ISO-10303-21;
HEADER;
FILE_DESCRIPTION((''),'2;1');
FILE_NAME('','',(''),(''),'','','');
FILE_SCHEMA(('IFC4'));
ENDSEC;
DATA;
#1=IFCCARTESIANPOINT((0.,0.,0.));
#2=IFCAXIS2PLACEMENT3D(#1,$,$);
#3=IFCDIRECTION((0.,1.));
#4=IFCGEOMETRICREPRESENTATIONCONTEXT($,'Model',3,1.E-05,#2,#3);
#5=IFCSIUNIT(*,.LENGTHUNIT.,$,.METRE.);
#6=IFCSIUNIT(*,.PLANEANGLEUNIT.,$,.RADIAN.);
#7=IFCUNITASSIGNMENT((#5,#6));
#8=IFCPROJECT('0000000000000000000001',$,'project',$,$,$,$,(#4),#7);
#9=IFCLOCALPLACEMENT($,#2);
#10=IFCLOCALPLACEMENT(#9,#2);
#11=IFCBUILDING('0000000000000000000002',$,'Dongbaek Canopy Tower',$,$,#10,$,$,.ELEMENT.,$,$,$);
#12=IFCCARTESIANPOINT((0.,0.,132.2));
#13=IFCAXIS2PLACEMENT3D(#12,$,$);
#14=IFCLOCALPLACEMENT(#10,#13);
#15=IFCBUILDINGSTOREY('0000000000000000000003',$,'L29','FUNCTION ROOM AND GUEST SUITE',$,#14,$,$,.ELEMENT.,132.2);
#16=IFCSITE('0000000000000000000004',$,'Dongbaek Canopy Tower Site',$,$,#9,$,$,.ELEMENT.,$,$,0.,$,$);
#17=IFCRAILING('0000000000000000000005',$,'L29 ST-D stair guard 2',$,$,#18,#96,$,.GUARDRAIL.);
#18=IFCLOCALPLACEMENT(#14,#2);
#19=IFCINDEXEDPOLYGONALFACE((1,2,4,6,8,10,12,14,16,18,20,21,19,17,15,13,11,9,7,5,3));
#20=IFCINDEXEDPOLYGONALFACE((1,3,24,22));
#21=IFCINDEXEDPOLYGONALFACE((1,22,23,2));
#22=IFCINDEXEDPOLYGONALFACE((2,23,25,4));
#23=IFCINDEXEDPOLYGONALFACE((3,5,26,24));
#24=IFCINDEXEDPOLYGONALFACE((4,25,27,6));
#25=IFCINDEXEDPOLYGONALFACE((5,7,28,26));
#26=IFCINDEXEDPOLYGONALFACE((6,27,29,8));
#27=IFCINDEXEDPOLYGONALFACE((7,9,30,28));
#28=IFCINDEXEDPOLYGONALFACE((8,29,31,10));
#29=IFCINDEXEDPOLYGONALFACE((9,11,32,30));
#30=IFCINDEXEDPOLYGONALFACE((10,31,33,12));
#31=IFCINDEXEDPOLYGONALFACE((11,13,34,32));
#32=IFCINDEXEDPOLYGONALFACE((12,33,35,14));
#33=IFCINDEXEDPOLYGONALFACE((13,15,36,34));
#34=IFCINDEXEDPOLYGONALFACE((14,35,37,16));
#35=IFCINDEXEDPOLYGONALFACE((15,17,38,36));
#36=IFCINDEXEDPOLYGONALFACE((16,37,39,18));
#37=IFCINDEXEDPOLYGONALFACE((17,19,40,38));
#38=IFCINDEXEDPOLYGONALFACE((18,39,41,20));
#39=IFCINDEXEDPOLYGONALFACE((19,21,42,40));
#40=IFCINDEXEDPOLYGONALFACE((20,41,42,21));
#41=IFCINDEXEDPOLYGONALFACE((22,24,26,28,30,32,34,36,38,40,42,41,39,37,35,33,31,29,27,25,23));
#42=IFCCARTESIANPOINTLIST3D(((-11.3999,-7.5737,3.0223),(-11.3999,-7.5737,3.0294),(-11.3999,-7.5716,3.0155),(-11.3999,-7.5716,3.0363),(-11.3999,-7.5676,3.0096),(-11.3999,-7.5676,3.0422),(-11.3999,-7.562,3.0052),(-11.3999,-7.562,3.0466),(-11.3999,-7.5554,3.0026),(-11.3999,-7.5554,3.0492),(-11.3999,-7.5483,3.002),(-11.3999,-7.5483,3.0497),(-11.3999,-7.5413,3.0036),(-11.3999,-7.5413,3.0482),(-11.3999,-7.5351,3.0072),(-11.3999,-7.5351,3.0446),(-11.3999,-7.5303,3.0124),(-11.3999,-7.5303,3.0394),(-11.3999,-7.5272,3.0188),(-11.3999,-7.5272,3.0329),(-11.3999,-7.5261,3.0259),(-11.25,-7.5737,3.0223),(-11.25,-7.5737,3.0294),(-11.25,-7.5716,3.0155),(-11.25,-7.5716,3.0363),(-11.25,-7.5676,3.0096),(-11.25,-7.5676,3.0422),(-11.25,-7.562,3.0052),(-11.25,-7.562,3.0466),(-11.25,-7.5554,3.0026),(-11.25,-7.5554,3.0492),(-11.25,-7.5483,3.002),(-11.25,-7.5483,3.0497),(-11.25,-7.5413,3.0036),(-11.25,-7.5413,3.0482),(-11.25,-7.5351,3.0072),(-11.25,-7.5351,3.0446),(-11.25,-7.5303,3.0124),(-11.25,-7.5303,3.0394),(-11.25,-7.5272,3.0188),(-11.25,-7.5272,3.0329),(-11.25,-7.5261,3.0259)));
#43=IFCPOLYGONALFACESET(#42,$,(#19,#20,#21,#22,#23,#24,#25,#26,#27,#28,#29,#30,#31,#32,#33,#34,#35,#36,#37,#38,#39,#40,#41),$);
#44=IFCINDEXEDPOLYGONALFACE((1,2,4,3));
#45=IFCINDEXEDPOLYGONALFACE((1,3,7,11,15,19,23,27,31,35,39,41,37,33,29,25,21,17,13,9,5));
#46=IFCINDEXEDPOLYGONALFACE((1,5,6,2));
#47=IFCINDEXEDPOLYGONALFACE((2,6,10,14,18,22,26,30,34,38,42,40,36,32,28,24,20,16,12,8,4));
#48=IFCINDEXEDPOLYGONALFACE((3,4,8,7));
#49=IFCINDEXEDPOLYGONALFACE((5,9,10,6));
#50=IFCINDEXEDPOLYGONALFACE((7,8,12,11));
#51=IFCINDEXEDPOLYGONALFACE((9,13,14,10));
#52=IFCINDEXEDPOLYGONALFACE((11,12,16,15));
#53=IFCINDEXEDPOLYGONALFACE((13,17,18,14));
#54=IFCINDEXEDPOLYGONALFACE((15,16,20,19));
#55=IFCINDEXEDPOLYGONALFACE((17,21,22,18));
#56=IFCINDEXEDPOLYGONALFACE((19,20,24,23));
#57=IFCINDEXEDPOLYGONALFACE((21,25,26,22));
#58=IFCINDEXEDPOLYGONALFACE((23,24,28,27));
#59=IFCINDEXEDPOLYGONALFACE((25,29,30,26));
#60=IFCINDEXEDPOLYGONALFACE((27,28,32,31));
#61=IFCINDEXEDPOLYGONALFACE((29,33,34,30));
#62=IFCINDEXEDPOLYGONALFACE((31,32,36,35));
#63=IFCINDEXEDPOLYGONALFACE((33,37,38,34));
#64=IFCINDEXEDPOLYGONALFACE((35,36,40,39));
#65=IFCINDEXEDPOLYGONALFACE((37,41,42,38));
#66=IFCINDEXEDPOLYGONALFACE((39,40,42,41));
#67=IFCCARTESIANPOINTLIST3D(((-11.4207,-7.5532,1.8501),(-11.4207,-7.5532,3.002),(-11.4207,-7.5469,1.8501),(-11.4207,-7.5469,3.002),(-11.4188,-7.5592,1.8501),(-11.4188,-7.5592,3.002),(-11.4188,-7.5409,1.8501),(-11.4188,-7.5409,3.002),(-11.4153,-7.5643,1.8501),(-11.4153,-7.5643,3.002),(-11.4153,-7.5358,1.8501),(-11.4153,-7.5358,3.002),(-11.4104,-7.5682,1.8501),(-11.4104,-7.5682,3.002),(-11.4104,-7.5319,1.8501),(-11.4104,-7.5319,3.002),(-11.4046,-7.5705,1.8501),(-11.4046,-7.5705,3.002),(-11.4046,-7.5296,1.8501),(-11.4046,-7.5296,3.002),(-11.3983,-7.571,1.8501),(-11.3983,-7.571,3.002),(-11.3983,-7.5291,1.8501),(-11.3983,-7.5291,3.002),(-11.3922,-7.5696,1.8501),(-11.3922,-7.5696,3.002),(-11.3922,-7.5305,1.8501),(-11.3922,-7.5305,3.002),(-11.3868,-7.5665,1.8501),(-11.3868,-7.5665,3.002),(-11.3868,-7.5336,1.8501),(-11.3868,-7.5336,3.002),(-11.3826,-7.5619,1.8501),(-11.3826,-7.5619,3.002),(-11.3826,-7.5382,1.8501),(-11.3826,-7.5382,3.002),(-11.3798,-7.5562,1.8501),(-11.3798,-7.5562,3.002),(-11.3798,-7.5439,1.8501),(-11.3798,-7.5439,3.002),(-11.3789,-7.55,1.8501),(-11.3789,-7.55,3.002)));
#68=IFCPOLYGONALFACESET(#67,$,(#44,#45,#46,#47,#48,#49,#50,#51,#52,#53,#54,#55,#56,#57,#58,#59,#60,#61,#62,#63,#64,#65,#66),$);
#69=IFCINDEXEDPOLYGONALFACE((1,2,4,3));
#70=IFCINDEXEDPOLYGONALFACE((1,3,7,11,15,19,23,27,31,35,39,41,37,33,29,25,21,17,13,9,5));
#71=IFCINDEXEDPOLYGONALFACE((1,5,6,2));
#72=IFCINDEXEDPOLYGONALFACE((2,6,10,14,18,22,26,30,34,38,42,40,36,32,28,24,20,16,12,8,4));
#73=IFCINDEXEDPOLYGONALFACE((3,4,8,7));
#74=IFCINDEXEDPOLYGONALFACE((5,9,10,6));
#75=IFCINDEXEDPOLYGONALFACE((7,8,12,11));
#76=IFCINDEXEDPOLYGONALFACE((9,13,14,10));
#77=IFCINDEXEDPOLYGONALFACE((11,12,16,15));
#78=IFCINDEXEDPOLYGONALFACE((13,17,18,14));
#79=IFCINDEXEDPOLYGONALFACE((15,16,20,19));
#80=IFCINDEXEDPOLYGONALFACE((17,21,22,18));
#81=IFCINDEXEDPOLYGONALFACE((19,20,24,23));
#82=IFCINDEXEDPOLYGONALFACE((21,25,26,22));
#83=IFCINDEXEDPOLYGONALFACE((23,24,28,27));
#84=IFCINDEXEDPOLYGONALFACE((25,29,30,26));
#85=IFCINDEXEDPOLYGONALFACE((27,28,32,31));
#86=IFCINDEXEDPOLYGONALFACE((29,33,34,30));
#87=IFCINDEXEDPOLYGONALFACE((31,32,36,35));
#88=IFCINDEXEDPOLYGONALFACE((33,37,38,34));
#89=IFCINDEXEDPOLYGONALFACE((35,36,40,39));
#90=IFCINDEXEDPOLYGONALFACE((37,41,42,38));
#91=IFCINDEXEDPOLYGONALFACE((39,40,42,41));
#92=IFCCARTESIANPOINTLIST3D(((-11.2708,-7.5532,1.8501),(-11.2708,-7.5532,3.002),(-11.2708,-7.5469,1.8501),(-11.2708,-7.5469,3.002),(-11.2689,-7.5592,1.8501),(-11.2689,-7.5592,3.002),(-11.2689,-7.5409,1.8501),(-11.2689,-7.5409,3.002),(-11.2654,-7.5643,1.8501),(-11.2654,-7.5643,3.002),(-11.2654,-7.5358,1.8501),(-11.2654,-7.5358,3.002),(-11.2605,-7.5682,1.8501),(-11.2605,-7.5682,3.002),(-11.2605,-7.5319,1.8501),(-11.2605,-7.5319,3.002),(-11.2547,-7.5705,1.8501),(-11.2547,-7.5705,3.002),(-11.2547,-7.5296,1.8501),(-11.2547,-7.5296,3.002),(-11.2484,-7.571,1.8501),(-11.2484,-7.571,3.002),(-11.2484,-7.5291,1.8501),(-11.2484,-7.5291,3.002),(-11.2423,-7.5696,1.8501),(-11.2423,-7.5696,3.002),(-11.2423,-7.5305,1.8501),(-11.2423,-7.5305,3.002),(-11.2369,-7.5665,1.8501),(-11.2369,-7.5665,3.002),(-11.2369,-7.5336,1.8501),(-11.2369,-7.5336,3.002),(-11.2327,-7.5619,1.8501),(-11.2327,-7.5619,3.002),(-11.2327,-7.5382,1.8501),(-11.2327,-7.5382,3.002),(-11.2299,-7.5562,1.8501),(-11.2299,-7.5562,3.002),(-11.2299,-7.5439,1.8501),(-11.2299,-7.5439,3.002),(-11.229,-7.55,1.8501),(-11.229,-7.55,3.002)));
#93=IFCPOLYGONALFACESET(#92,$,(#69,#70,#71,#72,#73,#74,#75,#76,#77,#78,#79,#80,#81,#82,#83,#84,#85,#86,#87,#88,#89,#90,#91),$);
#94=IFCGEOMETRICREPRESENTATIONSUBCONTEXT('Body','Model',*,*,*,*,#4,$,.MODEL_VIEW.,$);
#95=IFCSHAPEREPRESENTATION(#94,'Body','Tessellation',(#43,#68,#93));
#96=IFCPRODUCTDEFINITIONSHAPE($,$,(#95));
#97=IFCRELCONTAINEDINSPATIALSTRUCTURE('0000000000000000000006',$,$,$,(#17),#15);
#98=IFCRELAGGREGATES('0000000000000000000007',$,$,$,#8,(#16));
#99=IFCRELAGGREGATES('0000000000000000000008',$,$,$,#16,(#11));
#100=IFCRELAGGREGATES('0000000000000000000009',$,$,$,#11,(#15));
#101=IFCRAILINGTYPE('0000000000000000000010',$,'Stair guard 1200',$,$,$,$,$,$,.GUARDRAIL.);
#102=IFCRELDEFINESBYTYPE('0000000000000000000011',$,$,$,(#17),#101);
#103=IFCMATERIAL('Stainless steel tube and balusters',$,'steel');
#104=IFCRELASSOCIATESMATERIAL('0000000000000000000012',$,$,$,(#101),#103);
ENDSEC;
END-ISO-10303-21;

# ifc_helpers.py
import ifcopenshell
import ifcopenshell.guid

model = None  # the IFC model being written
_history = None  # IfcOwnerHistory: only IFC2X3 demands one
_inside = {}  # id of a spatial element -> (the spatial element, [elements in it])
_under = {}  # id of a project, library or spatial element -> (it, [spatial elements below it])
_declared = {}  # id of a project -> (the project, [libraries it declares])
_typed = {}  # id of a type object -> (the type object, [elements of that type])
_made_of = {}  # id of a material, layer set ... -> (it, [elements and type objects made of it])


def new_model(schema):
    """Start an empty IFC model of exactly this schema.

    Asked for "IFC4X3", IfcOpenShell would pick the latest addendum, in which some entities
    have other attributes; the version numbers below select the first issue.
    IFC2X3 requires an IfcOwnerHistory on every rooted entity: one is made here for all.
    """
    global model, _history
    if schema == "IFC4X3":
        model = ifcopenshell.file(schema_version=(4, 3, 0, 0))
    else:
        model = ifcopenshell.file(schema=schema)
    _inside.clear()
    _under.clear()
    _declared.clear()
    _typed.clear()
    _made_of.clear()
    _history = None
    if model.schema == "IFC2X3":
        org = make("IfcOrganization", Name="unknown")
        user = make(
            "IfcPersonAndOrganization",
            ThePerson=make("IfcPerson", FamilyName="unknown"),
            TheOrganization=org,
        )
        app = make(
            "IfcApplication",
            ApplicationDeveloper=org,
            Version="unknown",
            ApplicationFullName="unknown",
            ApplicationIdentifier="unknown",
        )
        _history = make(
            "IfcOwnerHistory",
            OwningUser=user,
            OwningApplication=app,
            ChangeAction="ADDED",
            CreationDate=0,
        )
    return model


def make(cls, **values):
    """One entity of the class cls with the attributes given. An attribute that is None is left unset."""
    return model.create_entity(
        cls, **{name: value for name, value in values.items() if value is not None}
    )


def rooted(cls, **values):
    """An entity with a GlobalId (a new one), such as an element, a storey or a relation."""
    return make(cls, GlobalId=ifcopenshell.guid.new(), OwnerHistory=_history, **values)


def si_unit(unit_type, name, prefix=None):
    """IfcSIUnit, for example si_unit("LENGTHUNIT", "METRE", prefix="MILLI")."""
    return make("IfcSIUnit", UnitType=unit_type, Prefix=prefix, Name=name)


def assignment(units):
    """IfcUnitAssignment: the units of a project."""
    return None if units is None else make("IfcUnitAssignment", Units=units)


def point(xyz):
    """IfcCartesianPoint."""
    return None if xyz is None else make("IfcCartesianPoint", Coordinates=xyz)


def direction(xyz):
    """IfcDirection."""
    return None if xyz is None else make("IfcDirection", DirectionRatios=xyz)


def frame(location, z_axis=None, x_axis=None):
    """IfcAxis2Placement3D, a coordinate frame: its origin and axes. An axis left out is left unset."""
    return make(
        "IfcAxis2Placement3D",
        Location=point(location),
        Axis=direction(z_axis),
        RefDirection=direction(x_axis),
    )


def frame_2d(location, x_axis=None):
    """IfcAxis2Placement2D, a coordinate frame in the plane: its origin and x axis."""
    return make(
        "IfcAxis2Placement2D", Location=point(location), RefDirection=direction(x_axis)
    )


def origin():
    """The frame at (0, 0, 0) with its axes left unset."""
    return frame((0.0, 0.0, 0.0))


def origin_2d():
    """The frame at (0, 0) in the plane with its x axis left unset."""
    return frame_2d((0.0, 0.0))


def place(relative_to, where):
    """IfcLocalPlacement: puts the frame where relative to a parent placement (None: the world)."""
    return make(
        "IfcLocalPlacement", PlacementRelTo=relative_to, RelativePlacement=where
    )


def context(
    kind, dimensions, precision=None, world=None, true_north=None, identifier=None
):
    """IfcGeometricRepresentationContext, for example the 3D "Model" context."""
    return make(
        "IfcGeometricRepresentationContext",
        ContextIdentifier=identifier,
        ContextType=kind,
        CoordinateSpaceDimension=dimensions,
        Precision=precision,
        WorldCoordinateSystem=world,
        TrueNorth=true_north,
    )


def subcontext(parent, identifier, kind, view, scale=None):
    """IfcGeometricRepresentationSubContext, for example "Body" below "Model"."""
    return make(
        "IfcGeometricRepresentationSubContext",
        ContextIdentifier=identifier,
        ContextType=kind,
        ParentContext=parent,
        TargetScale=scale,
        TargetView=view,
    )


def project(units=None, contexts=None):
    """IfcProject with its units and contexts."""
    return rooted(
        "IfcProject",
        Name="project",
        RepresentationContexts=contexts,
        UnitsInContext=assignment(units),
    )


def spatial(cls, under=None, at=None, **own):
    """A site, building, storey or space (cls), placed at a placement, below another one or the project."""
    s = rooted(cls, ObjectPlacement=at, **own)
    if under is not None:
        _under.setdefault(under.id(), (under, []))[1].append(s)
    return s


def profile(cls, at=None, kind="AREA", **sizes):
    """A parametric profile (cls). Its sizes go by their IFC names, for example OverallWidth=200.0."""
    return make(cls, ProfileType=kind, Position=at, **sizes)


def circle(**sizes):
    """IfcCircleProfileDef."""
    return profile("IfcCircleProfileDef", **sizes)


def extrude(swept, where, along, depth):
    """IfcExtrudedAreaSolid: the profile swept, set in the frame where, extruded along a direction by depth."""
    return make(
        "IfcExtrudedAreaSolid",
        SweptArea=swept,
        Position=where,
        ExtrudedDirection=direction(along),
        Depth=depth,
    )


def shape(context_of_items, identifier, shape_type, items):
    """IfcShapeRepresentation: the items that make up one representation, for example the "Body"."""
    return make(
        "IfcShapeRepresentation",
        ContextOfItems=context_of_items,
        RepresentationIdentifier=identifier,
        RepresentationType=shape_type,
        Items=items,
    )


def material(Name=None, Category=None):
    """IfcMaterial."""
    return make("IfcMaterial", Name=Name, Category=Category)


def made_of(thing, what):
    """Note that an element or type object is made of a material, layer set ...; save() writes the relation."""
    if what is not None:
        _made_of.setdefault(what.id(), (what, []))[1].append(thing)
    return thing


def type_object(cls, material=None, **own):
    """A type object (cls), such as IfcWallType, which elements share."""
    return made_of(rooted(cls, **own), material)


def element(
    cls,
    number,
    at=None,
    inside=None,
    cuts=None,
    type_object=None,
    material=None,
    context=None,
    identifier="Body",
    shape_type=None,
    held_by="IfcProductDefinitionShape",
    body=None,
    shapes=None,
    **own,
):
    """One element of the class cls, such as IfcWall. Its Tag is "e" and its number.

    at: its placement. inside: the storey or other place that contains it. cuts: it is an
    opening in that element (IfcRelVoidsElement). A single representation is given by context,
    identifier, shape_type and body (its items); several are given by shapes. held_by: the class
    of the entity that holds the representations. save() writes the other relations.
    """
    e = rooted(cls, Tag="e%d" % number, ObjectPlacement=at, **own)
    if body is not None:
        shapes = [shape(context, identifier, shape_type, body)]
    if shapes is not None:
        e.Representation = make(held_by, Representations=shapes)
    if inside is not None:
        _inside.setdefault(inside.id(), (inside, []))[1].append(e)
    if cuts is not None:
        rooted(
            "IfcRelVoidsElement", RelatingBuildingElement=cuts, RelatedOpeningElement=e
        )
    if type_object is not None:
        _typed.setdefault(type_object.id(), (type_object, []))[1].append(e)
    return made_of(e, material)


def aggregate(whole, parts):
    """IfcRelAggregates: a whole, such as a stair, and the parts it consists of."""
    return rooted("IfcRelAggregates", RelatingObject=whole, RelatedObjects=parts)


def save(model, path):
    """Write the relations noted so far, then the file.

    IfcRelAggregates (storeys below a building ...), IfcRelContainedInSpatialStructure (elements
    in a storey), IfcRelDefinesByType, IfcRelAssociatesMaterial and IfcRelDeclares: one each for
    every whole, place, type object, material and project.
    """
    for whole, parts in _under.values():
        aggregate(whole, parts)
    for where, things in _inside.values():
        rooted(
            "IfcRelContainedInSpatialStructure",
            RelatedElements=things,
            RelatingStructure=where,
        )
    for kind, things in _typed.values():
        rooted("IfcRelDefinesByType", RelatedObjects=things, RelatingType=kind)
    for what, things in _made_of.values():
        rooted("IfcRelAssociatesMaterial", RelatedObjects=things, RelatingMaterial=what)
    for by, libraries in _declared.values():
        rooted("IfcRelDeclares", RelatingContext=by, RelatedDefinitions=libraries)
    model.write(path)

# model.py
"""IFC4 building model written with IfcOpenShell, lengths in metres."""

from ifc_helpers import new_model, si_unit, direction, frame, origin, origin_2d, place, context, subcontext, project, spatial, circle, extrude, material, type_object, element, save


model = new_model("IFC4")

# Units and contexts
model_context = context("Model", 3, precision=1e-05, world=origin(), true_north=direction((0.0, 1.0)))
body_context = subcontext(model_context, "Body", "Model", "MODEL_VIEW")
ifc_project = project(units=[si_unit("LENGTHUNIT", "METRE"), si_unit("PLANEANGLEUNIT", "RADIAN")], contexts=[model_context])

# Site, building, storey
site_placement = place(None, origin())
site = spatial("IfcSite", under=ifc_project, at=site_placement, Name="Dongbaek Canopy Tower Site", CompositionType="ELEMENT", RefElevation=0.0)
building_placement = place(site_placement, origin())
building = spatial("IfcBuilding", under=site, at=building_placement, Name="Dongbaek Canopy Tower", CompositionType="ELEMENT")
storey_placement = place(building_placement, frame((0.0, 0.0, 132.2)))
storey = spatial("IfcBuildingStorey", under=building, at=storey_placement, Name="L29", Description="FUNCTION ROOM AND GUEST SUITE", CompositionType="ELEMENT", Elevation=132.2)

# Railing
ifc_material_1 = material(Name="Stainless steel tube and balusters", Category="steel")
railing_type_1 = type_object("IfcRailingType", Name="Stair guard 1200", PredefinedType="GUARDRAIL", material=ifc_material_1)
railing_1_placement = place(storey_placement, frame((-11.3999, -7.55, 1.8501)))
element("IfcRailing", 1, at=railing_1_placement, inside=storey, type_object=railing_type_1, Name="L29 ST-D stair guard 2", PredefinedType="GUARDRAIL", context=body_context, shape_type="SweptSolid", body=[
    extrude(circle(Radius=0.0239, at=origin_2d()), frame((0.0, 0.0, 1.1758), z_axis=(1.0, 0.0, 0.0), x_axis=(0.0, 1.0, 0.0)), (0.0, 0.0, 1.0), 0.1499),
    extrude(circle(Radius=0.021, at=origin_2d()), origin(), (0.0, 0.0, 1.0), 1.1519),
    extrude(circle(Radius=0.021, at=origin_2d()), frame((0.1499, 0.0, 0.0)), (0.0, 0.0, 1.0), 1.1519),
])

save(model, "model.ifc")
